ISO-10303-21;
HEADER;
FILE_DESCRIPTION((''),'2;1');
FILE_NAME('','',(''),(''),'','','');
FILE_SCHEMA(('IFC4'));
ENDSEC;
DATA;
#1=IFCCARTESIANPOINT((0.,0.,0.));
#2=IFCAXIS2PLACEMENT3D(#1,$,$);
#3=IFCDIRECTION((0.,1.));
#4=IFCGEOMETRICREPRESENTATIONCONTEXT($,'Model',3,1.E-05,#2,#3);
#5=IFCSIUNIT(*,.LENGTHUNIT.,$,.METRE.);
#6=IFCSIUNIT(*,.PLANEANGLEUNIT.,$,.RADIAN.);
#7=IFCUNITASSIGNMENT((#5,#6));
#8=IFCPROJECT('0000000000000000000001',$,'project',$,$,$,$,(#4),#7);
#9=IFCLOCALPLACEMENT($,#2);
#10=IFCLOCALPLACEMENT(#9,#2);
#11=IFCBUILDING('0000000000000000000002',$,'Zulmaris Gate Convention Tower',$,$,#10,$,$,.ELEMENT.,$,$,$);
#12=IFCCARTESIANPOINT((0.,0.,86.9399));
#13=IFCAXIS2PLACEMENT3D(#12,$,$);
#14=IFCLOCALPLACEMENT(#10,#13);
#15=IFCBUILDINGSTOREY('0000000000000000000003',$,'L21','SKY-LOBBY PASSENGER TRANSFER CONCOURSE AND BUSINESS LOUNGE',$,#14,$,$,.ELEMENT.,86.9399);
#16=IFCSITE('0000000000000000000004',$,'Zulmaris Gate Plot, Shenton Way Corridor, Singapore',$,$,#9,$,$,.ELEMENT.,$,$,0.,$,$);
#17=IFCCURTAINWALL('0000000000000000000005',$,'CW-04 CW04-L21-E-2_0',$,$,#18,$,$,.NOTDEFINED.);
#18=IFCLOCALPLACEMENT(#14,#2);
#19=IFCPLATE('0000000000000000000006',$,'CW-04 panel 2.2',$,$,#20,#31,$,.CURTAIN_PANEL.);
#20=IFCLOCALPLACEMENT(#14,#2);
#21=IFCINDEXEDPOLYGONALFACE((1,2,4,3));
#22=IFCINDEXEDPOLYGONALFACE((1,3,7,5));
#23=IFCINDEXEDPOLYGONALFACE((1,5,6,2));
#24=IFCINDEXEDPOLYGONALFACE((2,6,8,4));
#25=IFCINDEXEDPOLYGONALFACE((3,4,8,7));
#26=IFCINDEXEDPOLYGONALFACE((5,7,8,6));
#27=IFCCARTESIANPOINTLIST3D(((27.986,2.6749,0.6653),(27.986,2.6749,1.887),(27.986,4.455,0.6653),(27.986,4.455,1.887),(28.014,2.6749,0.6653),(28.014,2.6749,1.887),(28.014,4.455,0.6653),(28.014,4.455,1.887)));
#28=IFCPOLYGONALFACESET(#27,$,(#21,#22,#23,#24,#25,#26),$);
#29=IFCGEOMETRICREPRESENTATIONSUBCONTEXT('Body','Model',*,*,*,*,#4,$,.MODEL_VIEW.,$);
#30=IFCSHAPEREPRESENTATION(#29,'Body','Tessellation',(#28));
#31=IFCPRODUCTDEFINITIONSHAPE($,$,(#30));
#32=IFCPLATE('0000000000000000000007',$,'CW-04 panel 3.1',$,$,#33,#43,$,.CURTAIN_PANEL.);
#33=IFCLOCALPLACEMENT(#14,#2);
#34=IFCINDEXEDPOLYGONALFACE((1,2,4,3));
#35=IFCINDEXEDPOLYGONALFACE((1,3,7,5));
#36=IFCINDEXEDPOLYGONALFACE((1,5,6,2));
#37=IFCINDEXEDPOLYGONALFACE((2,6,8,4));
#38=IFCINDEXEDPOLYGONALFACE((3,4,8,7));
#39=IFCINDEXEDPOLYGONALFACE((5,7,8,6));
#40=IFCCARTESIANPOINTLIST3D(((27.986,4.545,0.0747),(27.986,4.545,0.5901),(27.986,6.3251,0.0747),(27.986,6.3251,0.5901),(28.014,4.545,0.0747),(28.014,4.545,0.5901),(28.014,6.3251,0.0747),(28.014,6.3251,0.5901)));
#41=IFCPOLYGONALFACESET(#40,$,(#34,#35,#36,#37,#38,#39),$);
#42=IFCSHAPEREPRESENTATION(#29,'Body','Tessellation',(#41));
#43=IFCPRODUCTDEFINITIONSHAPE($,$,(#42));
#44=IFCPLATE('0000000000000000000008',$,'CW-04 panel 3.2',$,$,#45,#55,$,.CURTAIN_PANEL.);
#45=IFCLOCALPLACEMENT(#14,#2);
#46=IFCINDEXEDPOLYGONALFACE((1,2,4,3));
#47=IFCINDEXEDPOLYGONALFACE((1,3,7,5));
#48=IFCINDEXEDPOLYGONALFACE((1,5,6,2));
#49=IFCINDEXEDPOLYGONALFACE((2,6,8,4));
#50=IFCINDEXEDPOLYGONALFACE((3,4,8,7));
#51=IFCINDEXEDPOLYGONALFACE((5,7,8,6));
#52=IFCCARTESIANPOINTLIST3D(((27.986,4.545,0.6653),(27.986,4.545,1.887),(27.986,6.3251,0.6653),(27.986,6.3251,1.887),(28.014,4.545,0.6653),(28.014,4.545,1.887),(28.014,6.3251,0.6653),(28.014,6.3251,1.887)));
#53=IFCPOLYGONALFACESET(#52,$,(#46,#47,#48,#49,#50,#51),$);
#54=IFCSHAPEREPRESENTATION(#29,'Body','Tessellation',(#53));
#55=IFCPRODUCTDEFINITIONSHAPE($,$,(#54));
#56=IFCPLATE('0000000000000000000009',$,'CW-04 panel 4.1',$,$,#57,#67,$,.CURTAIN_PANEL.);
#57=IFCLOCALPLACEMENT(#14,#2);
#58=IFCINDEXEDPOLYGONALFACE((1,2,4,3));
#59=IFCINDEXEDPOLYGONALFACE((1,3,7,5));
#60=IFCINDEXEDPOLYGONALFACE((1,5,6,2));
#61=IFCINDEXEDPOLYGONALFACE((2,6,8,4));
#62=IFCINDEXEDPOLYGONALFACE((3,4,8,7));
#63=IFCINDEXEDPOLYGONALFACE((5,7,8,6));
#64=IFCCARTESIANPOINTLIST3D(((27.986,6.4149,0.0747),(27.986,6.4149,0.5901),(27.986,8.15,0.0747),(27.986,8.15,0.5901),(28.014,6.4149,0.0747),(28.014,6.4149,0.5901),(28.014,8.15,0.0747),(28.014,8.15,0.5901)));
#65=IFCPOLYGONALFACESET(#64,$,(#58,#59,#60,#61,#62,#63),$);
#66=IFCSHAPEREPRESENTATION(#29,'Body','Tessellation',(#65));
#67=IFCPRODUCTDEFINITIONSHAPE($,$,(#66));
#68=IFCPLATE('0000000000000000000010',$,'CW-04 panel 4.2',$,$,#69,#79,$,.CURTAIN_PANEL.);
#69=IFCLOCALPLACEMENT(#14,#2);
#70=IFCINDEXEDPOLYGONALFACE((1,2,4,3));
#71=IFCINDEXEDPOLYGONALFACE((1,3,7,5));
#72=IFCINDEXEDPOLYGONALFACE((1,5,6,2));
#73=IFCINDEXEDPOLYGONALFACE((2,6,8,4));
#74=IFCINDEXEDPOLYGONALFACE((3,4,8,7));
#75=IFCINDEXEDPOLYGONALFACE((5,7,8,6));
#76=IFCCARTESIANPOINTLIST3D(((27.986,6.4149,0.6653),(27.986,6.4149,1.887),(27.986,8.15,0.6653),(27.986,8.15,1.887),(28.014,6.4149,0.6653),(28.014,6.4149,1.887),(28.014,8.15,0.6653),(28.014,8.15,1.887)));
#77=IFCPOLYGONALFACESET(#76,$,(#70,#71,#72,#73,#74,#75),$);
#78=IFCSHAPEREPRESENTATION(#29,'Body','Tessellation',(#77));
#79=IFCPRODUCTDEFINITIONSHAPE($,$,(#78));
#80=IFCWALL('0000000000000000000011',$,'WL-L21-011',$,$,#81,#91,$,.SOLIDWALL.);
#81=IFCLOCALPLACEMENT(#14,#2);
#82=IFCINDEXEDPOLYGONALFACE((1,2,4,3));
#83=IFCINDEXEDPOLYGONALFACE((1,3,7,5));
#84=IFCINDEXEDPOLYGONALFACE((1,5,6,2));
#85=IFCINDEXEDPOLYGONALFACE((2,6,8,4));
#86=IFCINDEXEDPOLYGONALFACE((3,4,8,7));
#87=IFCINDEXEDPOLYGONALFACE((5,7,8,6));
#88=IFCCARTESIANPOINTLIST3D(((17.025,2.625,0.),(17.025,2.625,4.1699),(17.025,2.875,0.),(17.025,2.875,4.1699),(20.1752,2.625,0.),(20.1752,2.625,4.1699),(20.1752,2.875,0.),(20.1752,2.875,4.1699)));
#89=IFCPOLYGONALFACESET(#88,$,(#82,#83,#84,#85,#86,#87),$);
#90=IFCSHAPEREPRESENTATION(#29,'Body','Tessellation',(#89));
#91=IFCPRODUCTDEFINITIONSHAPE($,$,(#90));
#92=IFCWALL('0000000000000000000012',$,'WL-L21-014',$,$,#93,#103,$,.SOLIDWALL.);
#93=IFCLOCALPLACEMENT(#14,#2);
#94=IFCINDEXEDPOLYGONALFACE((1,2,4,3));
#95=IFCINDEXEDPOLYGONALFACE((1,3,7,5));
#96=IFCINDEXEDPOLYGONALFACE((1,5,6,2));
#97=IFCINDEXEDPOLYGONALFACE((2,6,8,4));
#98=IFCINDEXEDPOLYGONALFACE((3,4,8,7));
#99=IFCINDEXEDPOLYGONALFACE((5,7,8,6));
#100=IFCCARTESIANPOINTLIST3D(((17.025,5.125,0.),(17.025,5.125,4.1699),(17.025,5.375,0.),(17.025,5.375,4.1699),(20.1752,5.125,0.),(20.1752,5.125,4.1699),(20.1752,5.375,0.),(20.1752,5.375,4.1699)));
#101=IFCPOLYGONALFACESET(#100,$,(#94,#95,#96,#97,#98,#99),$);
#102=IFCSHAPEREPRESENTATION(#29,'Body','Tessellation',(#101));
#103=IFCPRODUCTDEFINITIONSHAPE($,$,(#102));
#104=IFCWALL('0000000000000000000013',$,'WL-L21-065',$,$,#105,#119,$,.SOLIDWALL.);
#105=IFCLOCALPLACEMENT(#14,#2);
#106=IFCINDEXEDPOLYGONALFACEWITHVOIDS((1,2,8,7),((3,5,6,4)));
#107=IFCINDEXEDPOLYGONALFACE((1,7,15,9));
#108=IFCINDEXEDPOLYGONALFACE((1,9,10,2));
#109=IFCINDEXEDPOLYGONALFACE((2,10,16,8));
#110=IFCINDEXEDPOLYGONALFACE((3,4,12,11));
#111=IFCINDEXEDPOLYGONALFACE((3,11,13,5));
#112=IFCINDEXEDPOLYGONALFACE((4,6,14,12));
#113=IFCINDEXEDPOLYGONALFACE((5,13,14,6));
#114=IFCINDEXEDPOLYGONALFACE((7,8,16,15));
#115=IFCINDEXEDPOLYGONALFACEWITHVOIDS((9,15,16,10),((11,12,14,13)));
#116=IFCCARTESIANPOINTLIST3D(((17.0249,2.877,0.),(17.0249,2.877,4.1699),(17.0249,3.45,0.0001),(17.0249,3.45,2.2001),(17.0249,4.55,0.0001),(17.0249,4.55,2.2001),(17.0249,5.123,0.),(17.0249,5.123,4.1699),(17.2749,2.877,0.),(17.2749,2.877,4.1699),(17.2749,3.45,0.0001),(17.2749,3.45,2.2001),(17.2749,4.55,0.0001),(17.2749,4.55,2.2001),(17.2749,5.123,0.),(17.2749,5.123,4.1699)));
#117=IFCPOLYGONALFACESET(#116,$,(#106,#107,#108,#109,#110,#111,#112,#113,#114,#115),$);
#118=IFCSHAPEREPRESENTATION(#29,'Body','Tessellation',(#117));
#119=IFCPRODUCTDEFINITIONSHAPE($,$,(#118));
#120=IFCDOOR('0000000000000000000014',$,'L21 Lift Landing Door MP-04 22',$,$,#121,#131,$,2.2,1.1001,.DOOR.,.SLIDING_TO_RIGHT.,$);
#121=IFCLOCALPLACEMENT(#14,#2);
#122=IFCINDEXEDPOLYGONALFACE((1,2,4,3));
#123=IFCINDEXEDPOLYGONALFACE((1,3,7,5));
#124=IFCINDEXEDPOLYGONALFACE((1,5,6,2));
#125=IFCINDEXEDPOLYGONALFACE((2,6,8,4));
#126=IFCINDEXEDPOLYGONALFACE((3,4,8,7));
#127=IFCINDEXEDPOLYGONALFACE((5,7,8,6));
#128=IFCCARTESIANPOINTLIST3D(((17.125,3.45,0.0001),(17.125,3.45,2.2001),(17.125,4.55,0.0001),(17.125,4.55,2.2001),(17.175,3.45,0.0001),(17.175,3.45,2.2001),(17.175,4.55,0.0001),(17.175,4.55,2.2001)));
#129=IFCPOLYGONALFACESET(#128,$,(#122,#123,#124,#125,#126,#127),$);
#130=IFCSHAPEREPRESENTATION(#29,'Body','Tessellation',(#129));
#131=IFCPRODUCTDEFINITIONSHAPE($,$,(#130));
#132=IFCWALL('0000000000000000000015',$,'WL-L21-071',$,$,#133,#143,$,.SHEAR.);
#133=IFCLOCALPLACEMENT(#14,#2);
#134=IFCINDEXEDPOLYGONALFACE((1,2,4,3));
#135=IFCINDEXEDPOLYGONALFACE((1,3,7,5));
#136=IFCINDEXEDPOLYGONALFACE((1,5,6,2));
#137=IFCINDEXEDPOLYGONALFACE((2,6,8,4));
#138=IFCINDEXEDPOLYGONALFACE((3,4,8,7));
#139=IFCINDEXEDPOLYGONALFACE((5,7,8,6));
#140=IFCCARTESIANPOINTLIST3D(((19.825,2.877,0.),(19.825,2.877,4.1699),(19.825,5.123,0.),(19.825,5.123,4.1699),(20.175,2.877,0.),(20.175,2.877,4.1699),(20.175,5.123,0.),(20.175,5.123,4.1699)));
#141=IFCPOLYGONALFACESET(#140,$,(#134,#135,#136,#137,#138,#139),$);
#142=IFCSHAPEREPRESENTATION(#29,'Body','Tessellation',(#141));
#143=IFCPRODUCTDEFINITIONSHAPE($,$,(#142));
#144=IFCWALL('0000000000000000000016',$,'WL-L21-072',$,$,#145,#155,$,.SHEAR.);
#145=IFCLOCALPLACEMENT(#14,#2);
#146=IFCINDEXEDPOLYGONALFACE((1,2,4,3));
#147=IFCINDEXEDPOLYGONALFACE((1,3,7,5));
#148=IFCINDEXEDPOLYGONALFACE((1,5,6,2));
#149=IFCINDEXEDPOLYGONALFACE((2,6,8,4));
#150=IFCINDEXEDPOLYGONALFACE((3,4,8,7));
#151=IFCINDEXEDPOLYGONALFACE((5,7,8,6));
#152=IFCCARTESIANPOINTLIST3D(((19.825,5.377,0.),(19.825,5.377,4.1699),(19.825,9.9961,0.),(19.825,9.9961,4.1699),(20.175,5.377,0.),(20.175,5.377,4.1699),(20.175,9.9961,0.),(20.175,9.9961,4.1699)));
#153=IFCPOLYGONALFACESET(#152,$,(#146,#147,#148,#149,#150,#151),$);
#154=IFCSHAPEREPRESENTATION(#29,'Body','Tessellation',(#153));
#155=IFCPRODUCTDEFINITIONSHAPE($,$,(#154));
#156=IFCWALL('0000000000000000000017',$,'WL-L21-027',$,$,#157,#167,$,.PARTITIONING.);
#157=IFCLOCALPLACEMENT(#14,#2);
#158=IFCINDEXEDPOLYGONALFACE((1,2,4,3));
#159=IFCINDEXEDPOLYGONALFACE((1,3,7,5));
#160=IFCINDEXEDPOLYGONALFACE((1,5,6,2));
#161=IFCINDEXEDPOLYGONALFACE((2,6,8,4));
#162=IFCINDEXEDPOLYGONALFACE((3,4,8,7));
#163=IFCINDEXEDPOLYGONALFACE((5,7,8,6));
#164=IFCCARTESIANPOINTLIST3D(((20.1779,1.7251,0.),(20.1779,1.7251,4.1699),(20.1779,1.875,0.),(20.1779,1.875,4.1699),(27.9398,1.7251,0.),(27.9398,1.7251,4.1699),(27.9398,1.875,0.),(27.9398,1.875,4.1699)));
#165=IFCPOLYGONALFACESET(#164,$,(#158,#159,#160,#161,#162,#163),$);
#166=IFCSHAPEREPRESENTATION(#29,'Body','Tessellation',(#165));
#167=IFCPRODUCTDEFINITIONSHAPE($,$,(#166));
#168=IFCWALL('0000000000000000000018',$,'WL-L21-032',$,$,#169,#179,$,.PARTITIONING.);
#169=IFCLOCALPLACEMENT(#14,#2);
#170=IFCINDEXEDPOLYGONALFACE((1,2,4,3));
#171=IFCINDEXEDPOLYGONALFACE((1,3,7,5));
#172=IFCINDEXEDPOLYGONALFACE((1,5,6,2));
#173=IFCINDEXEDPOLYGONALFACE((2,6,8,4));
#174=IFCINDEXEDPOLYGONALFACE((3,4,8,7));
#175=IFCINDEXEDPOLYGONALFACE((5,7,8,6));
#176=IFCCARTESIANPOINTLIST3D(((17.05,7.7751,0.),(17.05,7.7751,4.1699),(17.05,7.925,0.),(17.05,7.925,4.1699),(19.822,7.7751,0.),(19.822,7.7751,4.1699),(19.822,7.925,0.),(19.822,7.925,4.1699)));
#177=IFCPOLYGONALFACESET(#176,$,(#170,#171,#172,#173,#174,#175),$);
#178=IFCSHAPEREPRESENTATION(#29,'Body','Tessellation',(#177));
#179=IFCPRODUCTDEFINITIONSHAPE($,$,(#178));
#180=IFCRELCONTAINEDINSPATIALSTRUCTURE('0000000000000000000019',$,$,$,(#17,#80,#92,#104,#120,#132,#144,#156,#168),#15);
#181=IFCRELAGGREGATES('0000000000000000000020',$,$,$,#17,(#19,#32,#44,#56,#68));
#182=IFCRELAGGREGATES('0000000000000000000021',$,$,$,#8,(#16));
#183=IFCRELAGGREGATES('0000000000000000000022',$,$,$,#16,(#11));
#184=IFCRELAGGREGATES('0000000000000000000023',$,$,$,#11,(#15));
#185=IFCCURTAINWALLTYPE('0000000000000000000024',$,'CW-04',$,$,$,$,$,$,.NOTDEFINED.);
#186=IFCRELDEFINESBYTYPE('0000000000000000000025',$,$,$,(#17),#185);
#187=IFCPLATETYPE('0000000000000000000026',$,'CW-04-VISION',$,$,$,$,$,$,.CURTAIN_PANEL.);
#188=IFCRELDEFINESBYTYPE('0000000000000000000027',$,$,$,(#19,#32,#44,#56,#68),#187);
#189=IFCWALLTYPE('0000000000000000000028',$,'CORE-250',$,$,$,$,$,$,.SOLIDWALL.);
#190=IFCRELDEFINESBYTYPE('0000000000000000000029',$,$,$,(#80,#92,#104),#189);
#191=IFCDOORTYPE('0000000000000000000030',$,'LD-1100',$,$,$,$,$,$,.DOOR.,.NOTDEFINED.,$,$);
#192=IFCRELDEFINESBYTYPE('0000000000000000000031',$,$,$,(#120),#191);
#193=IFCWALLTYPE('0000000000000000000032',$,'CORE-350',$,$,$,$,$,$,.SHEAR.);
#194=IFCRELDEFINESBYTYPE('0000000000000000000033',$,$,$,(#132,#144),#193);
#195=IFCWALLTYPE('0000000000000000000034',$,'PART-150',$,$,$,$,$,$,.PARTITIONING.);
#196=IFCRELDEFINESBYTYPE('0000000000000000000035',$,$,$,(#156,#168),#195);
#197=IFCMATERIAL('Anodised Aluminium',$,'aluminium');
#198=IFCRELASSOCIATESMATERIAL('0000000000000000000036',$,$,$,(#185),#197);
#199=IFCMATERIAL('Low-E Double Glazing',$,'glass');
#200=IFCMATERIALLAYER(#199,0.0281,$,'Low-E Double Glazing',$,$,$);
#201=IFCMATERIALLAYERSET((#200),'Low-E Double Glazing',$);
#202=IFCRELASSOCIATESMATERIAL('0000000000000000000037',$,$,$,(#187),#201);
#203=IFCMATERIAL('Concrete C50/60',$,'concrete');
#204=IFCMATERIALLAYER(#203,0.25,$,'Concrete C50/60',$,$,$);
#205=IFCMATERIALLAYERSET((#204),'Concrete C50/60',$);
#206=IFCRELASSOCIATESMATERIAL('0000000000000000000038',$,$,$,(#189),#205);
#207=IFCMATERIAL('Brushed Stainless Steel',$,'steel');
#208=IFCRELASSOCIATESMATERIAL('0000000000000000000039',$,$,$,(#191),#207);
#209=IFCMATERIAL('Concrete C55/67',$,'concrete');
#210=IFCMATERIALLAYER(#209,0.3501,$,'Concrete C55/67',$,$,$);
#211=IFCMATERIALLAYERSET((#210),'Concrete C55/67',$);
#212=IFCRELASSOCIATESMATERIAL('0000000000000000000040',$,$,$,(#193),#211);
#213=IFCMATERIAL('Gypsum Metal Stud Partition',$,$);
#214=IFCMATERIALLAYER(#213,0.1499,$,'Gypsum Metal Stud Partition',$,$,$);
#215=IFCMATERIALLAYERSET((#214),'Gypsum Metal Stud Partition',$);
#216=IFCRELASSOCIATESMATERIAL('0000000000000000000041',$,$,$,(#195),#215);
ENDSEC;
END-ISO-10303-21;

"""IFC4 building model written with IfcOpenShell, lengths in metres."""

from ifc_helpers import new_model, si_unit, direction, frame, frame_2d, origin, origin_2d, place, context, subcontext, project, spatial, rectangle, extrude, material, layer, layer_set, type_object, element, fill, aggregate, save


model = new_model("IFC4")

# Units and contexts
model_context = context("Model", 3, precision=1e-05, world=origin(), true_north=direction((0.0, 1.0)))
body_context = subcontext(model_context, "Body", "Model", "MODEL_VIEW")
ifc_project = project(units=[si_unit("LENGTHUNIT", "METRE"), si_unit("PLANEANGLEUNIT", "RADIAN")], contexts=[model_context])

# Site, building, storey
site_placement = place(None, origin())
site = spatial("IfcSite", under=ifc_project, at=site_placement, Name="Zulmaris Gate Plot, Shenton Way Corridor, Singapore", CompositionType="ELEMENT", RefElevation=0.0)
building_placement = place(site_placement, origin())
building = spatial("IfcBuilding", under=site, at=building_placement, Name="Zulmaris Gate Convention Tower", CompositionType="ELEMENT")
storey_placement = place(building_placement, frame((0.0, 0.0, 86.9399)))
storey = spatial("IfcBuildingStorey", under=building, at=storey_placement, Name="L21", Description="SKY-LOBBY PASSENGER TRANSFER CONCOURSE AND BUSINESS LOUNGE", CompositionType="ELEMENT", Elevation=86.9399)

# Curtain wall, plates
ifc_material_1 = material(Name="Anodised Aluminium", Category="aluminium")
curtain_wall_type = type_object("IfcCurtainWallType", Name="CW-04", PredefinedType="NOTDEFINED", material=ifc_material_1)
curtain_wall_placement = place(storey_placement, origin())
curtain_wall = element("IfcCurtainWall", 1, at=curtain_wall_placement, inside=storey, type_object=curtain_wall_type, Name="CW-04 CW04-L21-E-2_0", PredefinedType="NOTDEFINED")
ifc_material_2 = material(Name="Low-E Double Glazing", Category="glass")
ifc_layer_1 = layer(ifc_material_2, 0.0281, Name="Low-E Double Glazing")
ifc_layer_set_1 = layer_set([ifc_layer_1], Name="Low-E Double Glazing")
plate_type = type_object("IfcPlateType", Name="CW-04-VISION", PredefinedType="CURTAIN_PANEL", material=ifc_layer_set_1)
plate_1_placement = place(storey_placement, frame((28.0, 3.5649, 0.6653), z_axis=(0.0, 0.0, 1.0), x_axis=(0.0, 1.0, 0.0)))
plate_1 = element("IfcPlate", 2, at=plate_1_placement, type_object=plate_type, Name="CW-04 panel 2.2", PredefinedType="CURTAIN_PANEL", context=body_context, shape_type="SweptSolid", body=[
    extrude(rectangle(XDim=1.78, YDim=0.0281, at=origin_2d()), origin(), (0.0, 0.0, 1.0), 1.2217),
])
plate_2_placement = place(storey_placement, frame((28.0, 5.4351, 0.0747), z_axis=(0.0, 0.0, 1.0), x_axis=(0.0, 1.0, 0.0)))
plate_2 = element("IfcPlate", 3, at=plate_2_placement, type_object=plate_type, Name="CW-04 panel 3.1", PredefinedType="CURTAIN_PANEL", context=body_context, shape_type="SweptSolid", body=[
    extrude(rectangle(XDim=1.78, YDim=0.0281, at=origin_2d()), origin(), (0.0, 0.0, 1.0), 0.5154),
])
plate_3_placement = place(storey_placement, frame((28.0, 5.4351, 0.6653), z_axis=(0.0, 0.0, 1.0), x_axis=(0.0, 1.0, 0.0)))
plate_3 = element("IfcPlate", 4, at=plate_3_placement, type_object=plate_type, Name="CW-04 panel 3.2", PredefinedType="CURTAIN_PANEL", context=body_context, shape_type="SweptSolid", body=[
    extrude(rectangle(XDim=1.78, YDim=0.0281, at=origin_2d()), origin(), (0.0, 0.0, 1.0), 1.2217),
])
plate_4_placement = place(storey_placement, frame((28.0, 7.2825, 0.0747), z_axis=(0.0, 0.0, 1.0), x_axis=(0.0, 1.0, 0.0)))
plate_4 = element("IfcPlate", 5, at=plate_4_placement, type_object=plate_type, Name="CW-04 panel 4.1", PredefinedType="CURTAIN_PANEL", context=body_context, shape_type="SweptSolid", body=[
    extrude(rectangle(XDim=1.7351, YDim=0.0281, at=origin_2d()), origin(), (0.0, 0.0, 1.0), 0.5154),
])
plate_5_placement = place(storey_placement, frame((28.0, 7.2825, 0.6653), z_axis=(0.0, 0.0, 1.0), x_axis=(0.0, 1.0, 0.0)))
plate_5 = element("IfcPlate", 6, at=plate_5_placement, type_object=plate_type, Name="CW-04 panel 4.2", PredefinedType="CURTAIN_PANEL", context=body_context, shape_type="SweptSolid", body=[
    extrude(rectangle(XDim=1.7351, YDim=0.0281, at=origin_2d()), origin(), (0.0, 0.0, 1.0), 1.2217),
])
aggregate(curtain_wall, [plate_1, plate_2, plate_3, plate_4, plate_5])

# Walls
ifc_material_3 = material(Name="Concrete C50/60", Category="concrete")
ifc_layer_2 = layer(ifc_material_3, 0.25, Name="Concrete C50/60")
ifc_layer_set_2 = layer_set([ifc_layer_2], Name="Concrete C50/60")
wall_type_1 = type_object("IfcWallType", Name="CORE-250", PredefinedType="SOLIDWALL", material=ifc_layer_set_2)
for number, where, z_axis, x_axis, name in (
    (7, (17.0249, 2.75, 0.0), (0.0, 0.0, 1.0), (1.0, 0.0, 0.0), "WL-L21-011"),
    (8, (17.0249, 5.25, 0.0), (0.0, 0.0, 1.0), (1.0, 0.0, 0.0), "WL-L21-014"),
):
    element("IfcWall", number, at=place(storey_placement, frame(where, z_axis=z_axis, x_axis=x_axis)), inside=storey, type_object=wall_type_1, Name=name, PredefinedType="SOLIDWALL", context=body_context, shape_type="SweptSolid", body=[
        extrude(rectangle(XDim=3.1501, YDim=0.25, at=frame_2d((1.5752, 0.0))), origin(), (0.0, 0.0, 1.0), 4.1699),
    ])

# Wall, opening, door
wall_1_placement = place(storey_placement, frame((17.1499, 2.877, 0.0), z_axis=(0.0, 0.0, 1.0), x_axis=(0.0, 1.0, 0.0)))
wall_1 = element("IfcWall", 9, at=wall_1_placement, inside=storey, type_object=wall_type_1, Name="WL-L21-065", PredefinedType="SOLIDWALL", context=body_context, shape_type="SweptSolid", body=[
    extrude(rectangle(XDim=2.2461, YDim=0.25, at=frame_2d((1.123, 0.0))), origin(), (0.0, 0.0, 1.0), 4.1699),
])
opening_1_placement = place(wall_1_placement, frame((0.573, 0.0, 0.0)))
opening_1 = element("IfcOpeningElement", 10, at=opening_1_placement, cuts=wall_1, PredefinedType="OPENING", context=body_context, shape_type="SweptSolid", body=[
    extrude(rectangle(XDim=1.1001, YDim=2.2, at=frame_2d((0.55, 1.1001))), frame((0.0, 0.135, 0.0), z_axis=(0.0, -1.0, 0.0), x_axis=(1.0, 0.0, 0.0)), (0.0, 0.0, 1.0), 0.27),
])
ifc_material_4 = material(Name="Brushed Stainless Steel", Category="steel")
door_type_1 = type_object("IfcDoorType", Name="LD-1100", OperationType="NOTDEFINED", PredefinedType="DOOR", material=ifc_material_4)
door_1_placement = place(opening_1_placement, origin())
door_1 = element("IfcDoor", 11, at=door_1_placement, inside=storey, type_object=door_type_1, Name="L21 Lift Landing Door MP-04 22", OperationType="SLIDING_TO_RIGHT", OverallHeight=2.2, OverallWidth=1.1001, PredefinedType="DOOR", context=body_context, shape_type="SweptSolid", body=[
    extrude(rectangle(XDim=1.1001, YDim=2.2, at=frame_2d((0.55, 1.1001))), frame((0.0, 0.0249, 0.0), z_axis=(0.0, -1.0, 0.0), x_axis=(1.0, 0.0, 0.0)), (0.0, 0.0, 1.0), 0.05),
])
fill(opening_1, door_1)

# Walls
ifc_material_5 = material(Name="Concrete C55/67", Category="concrete")
ifc_layer_3 = layer(ifc_material_5, 0.3501, Name="Concrete C55/67")
ifc_layer_set_3 = layer_set([ifc_layer_3], Name="Concrete C55/67")
wall_type_2 = type_object("IfcWallType", Name="CORE-350", PredefinedType="SHEAR", material=ifc_layer_set_3)
wall_2_placement = place(storey_placement, frame((20.0, 2.877, 0.0), z_axis=(0.0, 0.0, 1.0), x_axis=(0.0, 1.0, 0.0)))
element("IfcWall", 12, at=wall_2_placement, inside=storey, type_object=wall_type_2, Name="WL-L21-071", PredefinedType="SHEAR", context=body_context, shape_type="SweptSolid", body=[
    extrude(rectangle(XDim=2.2461, YDim=0.3501, at=frame_2d((1.123, 0.0))), origin(), (0.0, 0.0, 1.0), 4.1699),
])
wall_3_placement = place(storey_placement, frame((20.0, 5.377, 0.0), z_axis=(0.0, 0.0, 1.0), x_axis=(0.0, 1.0, 0.0)))
element("IfcWall", 13, at=wall_3_placement, inside=storey, type_object=wall_type_2, Name="WL-L21-072", PredefinedType="SHEAR", context=body_context, shape_type="SweptSolid", body=[
    extrude(rectangle(XDim=4.6191, YDim=0.3501, at=frame_2d((2.3096, 0.0))), origin(), (0.0, 0.0, 1.0), 4.1699),
])
ifc_material_6 = material(Name="Gypsum Metal Stud Partition")
ifc_layer_4 = layer(ifc_material_6, 0.1499, Name="Gypsum Metal Stud Partition")
ifc_layer_set_4 = layer_set([ifc_layer_4], Name="Gypsum Metal Stud Partition")
wall_type_3 = type_object("IfcWallType", Name="PART-150", PredefinedType="PARTITIONING", material=ifc_layer_set_4)
wall_4_placement = place(storey_placement, frame((20.178, 1.8, 0.0), z_axis=(0.0, 0.0, 1.0), x_axis=(1.0, 0.0, 0.0)))
element("IfcWall", 14, at=wall_4_placement, inside=storey, type_object=wall_type_3, Name="WL-L21-027", PredefinedType="PARTITIONING", context=body_context, shape_type="SweptSolid", body=[
    extrude(rectangle(XDim=7.762, YDim=0.1499, at=frame_2d((3.8809, 0.0))), origin(), (0.0, 0.0, 1.0), 4.1699),
])
wall_5_placement = place(storey_placement, frame((17.05, 7.8501, 0.0), z_axis=(0.0, 0.0, 1.0), x_axis=(1.0, 0.0, 0.0)))
element("IfcWall", 15, at=wall_5_placement, inside=storey, type_object=wall_type_3, Name="WL-L21-032", PredefinedType="PARTITIONING", context=body_context, shape_type="SweptSolid", body=[
    extrude(rectangle(XDim=2.772, YDim=0.1499, at=frame_2d((1.386, 0.0))), origin(), (0.0, 0.0, 1.0), 4.1699),
])

save(model, "model.ifc")
